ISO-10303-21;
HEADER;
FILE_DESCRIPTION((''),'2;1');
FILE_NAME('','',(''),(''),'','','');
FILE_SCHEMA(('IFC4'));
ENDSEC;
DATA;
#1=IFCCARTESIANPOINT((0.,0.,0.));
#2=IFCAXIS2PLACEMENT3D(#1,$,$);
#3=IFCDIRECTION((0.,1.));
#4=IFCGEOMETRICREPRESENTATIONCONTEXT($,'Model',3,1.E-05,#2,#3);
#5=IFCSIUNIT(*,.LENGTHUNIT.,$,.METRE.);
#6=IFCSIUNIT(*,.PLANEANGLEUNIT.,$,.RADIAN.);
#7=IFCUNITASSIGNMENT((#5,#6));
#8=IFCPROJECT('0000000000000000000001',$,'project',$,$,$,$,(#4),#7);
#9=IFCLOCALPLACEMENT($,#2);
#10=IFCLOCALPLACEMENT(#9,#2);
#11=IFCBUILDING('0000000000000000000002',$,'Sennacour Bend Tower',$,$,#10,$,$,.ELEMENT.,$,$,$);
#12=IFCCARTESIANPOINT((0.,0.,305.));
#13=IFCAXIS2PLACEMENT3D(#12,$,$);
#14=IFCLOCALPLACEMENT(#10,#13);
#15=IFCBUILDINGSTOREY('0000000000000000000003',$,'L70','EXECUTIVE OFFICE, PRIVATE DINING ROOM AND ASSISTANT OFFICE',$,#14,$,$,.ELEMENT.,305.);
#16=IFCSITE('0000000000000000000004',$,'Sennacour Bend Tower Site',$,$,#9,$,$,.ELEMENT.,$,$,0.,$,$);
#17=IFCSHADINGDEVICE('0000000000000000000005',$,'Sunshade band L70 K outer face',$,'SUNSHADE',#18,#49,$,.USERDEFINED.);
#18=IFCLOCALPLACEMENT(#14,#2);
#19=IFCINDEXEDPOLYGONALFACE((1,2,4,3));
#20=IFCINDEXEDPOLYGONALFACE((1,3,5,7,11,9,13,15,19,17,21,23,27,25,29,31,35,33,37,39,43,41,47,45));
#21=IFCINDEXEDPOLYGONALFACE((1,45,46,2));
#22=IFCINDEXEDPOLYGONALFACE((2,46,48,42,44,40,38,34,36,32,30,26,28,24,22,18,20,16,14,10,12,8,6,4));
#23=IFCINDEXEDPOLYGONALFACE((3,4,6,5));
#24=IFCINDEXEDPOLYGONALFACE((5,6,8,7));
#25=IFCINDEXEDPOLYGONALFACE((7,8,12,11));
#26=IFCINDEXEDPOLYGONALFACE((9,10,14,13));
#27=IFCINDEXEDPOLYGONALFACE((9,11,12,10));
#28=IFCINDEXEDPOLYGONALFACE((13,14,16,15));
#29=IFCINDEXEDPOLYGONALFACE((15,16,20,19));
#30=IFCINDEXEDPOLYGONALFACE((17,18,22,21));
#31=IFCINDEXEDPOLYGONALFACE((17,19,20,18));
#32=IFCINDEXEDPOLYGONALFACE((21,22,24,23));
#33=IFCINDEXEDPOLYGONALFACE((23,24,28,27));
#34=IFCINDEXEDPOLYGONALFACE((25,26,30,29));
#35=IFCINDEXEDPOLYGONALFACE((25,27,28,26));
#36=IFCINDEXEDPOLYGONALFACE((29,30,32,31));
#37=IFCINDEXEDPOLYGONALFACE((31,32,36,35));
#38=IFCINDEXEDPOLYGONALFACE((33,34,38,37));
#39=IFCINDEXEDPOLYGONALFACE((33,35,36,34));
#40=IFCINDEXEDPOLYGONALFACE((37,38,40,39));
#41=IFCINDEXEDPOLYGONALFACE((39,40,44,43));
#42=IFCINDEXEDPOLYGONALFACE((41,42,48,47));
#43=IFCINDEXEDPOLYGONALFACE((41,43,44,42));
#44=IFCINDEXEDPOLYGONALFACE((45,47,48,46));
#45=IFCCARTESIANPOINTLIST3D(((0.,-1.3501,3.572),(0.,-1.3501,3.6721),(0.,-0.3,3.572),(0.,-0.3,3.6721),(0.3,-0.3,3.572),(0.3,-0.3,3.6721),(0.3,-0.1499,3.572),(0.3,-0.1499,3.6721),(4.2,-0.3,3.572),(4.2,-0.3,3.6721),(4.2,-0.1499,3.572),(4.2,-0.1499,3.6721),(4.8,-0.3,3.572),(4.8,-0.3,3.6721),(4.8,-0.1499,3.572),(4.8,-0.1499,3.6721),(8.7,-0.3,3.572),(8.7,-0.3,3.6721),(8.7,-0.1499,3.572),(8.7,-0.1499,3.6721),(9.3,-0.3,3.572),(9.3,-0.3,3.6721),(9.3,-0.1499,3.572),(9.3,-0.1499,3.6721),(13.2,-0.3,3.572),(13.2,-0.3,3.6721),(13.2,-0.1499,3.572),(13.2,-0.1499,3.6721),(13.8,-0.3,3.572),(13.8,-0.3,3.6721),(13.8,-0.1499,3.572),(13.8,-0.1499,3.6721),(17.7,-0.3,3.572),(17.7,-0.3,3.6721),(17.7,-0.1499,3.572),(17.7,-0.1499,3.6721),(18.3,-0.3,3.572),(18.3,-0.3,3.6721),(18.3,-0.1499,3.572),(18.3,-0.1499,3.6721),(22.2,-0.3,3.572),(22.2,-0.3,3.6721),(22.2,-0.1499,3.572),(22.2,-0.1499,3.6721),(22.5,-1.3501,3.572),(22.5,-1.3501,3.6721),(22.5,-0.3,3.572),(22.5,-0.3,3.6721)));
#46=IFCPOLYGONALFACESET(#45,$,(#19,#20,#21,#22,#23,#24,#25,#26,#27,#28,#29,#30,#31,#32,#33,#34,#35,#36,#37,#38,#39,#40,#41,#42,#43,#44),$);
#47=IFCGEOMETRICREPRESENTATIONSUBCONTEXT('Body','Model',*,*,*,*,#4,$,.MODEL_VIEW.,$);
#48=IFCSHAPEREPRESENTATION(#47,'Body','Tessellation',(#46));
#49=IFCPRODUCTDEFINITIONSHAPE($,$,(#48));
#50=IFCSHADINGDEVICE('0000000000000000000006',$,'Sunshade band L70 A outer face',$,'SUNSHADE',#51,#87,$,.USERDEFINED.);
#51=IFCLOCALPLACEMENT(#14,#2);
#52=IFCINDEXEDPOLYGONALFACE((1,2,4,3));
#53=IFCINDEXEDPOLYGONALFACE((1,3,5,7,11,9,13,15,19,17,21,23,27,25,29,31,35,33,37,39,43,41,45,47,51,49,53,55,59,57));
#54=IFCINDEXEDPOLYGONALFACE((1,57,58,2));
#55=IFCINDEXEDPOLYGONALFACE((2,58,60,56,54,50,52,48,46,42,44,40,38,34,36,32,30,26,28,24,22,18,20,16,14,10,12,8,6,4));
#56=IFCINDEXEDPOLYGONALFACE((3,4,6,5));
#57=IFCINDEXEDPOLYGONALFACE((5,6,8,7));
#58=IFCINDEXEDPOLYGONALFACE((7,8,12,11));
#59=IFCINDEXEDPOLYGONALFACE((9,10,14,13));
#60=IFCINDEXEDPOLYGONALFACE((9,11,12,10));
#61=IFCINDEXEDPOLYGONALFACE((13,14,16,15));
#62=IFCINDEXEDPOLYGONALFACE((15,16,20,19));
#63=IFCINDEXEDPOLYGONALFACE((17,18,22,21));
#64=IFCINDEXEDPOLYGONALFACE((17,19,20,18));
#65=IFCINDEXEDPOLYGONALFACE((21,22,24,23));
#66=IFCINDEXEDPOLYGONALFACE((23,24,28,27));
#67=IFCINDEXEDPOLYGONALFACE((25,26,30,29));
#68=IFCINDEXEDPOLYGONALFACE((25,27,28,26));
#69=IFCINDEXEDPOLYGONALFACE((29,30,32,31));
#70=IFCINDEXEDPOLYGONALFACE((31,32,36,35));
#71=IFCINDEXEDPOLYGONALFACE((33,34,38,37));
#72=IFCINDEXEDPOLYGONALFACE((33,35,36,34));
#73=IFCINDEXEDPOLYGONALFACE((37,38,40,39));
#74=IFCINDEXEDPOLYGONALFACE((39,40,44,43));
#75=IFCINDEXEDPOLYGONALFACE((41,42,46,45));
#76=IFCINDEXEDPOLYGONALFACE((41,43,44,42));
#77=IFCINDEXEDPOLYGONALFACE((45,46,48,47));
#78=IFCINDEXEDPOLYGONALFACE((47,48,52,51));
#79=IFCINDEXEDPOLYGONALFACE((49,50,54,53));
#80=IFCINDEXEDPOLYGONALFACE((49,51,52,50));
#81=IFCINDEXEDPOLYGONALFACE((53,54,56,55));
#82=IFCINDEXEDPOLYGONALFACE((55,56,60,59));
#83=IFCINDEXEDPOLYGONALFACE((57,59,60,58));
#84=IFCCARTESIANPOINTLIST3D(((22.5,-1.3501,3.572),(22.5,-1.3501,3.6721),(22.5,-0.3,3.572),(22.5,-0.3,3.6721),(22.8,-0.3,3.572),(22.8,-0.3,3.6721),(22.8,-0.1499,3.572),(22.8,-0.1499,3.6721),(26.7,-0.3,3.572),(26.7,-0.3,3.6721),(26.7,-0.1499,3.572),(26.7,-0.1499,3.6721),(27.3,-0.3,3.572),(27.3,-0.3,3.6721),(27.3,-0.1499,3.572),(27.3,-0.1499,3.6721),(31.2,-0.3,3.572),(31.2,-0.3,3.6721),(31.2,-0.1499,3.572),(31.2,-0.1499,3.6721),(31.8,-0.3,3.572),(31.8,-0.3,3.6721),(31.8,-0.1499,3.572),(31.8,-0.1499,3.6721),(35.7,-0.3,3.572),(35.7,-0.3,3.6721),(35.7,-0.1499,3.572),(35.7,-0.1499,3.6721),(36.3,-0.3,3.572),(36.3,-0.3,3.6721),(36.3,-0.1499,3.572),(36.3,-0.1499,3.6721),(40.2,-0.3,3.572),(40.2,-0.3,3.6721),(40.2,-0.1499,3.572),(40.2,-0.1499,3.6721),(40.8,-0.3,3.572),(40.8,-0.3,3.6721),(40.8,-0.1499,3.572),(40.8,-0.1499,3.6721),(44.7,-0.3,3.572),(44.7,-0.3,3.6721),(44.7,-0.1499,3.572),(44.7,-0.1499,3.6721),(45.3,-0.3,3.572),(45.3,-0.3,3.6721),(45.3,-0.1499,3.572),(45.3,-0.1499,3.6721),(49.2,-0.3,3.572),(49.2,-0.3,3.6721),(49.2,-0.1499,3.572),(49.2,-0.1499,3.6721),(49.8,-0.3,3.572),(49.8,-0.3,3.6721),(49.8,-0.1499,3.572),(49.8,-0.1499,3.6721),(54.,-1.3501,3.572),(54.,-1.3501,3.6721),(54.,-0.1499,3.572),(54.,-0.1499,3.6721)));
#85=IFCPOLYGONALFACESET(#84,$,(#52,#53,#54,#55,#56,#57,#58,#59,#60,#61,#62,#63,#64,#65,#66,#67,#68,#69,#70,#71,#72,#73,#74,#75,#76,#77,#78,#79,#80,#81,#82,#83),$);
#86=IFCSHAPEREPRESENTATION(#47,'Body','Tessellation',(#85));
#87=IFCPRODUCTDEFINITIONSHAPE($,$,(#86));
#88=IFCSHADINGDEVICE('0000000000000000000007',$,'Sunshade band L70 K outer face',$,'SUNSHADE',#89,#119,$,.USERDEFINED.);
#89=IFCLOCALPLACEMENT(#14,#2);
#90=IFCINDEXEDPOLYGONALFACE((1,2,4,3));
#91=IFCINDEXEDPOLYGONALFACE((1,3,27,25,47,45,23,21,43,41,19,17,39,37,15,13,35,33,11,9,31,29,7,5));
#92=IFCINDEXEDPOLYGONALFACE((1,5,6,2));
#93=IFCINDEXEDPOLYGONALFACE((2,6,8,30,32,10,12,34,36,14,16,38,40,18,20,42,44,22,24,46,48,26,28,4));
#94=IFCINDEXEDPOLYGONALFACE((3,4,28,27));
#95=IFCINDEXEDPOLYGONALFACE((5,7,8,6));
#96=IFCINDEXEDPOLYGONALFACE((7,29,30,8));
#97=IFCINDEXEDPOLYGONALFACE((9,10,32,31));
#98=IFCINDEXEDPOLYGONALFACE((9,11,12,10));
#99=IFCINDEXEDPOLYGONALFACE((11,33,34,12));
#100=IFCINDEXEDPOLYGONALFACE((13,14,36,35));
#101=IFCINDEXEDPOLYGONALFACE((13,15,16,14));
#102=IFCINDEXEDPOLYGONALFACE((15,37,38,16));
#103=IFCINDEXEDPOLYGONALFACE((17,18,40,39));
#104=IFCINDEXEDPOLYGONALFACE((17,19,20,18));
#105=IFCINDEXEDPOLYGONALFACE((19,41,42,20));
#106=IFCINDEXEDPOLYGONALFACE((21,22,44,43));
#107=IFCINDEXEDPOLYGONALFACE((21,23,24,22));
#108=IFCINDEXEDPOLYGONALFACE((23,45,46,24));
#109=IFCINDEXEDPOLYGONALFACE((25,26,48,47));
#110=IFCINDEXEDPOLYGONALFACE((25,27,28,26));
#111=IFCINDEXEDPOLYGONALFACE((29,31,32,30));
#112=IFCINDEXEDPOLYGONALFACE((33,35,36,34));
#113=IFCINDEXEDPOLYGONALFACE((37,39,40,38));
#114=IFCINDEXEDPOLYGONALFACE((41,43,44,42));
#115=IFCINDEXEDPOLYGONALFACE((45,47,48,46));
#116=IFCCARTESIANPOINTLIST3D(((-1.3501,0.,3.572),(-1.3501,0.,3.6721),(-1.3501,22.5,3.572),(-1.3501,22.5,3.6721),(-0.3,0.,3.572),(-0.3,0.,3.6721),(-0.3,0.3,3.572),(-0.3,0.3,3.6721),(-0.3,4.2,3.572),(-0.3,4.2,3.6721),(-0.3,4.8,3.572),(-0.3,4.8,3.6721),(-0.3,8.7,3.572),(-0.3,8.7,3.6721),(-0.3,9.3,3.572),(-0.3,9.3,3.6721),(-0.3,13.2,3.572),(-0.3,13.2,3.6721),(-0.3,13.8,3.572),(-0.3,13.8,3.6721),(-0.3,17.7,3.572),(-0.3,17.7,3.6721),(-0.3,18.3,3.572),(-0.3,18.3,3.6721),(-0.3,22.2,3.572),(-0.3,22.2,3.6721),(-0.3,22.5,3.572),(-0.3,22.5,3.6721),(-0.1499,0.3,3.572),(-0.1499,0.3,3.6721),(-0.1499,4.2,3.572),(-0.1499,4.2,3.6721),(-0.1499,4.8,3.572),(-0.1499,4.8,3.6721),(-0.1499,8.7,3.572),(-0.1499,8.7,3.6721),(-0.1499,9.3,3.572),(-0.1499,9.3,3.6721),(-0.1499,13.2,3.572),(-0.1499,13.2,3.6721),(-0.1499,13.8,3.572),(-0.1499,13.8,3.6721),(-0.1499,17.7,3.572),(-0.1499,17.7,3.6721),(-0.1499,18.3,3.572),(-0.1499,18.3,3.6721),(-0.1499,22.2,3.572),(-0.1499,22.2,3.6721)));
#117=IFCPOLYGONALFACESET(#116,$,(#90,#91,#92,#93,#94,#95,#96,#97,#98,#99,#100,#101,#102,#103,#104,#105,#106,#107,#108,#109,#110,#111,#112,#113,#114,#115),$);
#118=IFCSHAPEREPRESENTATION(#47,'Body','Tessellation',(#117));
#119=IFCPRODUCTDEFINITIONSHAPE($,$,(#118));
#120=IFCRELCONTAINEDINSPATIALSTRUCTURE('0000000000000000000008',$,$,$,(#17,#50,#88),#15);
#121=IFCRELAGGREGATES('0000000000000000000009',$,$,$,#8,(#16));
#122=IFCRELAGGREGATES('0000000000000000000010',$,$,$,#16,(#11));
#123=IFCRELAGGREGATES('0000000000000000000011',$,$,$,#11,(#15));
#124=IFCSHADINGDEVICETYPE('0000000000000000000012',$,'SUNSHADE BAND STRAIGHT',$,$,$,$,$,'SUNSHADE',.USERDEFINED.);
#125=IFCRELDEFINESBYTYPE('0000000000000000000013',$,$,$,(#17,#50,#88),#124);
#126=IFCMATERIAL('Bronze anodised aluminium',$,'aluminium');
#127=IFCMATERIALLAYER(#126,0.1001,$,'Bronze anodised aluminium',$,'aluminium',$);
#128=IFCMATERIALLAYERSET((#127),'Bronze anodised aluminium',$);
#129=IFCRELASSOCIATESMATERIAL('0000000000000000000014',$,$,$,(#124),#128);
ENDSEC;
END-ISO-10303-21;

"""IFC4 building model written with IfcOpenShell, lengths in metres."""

from ifc_helpers import new_model, si_unit, direction, frame, origin, place, context, subcontext, project, spatial, polyline, outline, extrude, material, layer, layer_set, type_object, element, save


model = new_model("IFC4")

# Units and contexts
model_context = context("Model", 3, precision=1e-05, world=origin(), true_north=direction((0.0, 1.0)))
body_context = subcontext(model_context, "Body", "Model", "MODEL_VIEW")
ifc_project = project(units=[si_unit("LENGTHUNIT", "METRE"), si_unit("PLANEANGLEUNIT", "RADIAN")], contexts=[model_context])

# Site, building, storey
site_placement = place(None, origin())
site = spatial("IfcSite", under=ifc_project, at=site_placement, Name="Sennacour Bend Tower Site", CompositionType="ELEMENT", RefElevation=0.0)
building_placement = place(site_placement, origin())
building = spatial("IfcBuilding", under=site, at=building_placement, Name="Sennacour Bend Tower", CompositionType="ELEMENT")
storey_placement = place(building_placement, frame((0.0, 0.0, 305.0)))
storey = spatial("IfcBuildingStorey", under=building, at=storey_placement, Name="L70", Description="EXECUTIVE OFFICE, PRIVATE DINING ROOM AND ASSISTANT OFFICE", CompositionType="ELEMENT", Elevation=305.0)

# Shading devices
ifc_material_1 = material(Name="Bronze anodised aluminium", Category="aluminium")
ifc_layer_1 = layer(ifc_material_1, 0.1001, Name="Bronze anodised aluminium", Category="aluminium")
ifc_layer_set_1 = layer_set([ifc_layer_1], Name="Bronze anodised aluminium")
shading_device_type_1 = type_object("IfcShadingDeviceType", Name="SUNSHADE BAND STRAIGHT", ElementType="SUNSHADE", PredefinedType="USERDEFINED", material=ifc_layer_set_1)
shading_device_1_placement = place(storey_placement, frame((0.0, 0.0, 3.572)))
element("IfcShadingDevice", 1, at=shading_device_1_placement, inside=storey, type_object=shading_device_type_1, Name="Sunshade band L70 K outer face", ObjectType="SUNSHADE", PredefinedType="USERDEFINED", context=body_context, shape_type="SweptSolid", body=[
    extrude(outline(polyline([(4.2, -0.1499), (4.2, -0.3), (4.8, -0.3), (4.8, -0.1499), (8.7, -0.1499), (8.7, -0.3), (9.3, -0.3), (9.3, -0.1499), (13.2, -0.1499), (13.2, -0.3), (13.8, -0.3), (13.8, -0.1499), (17.7, -0.1499), (17.7, -0.3), (18.3, -0.3), (18.3, -0.1499), (22.2, -0.1499), (22.2, -0.3), (22.5, -0.3), (22.5, -1.3501), (0.0, -1.3501), (0.0, -0.3), (0.3, -0.3), (0.3, -0.1499), (4.2, -0.1499)])), origin(), (0.0, 0.0, 1.0), 0.1001),
])
shading_device_2_placement = place(storey_placement, frame((0.0, 0.0, 3.572)))
element("IfcShadingDevice", 2, at=shading_device_2_placement, inside=storey, type_object=shading_device_type_1, Name="Sunshade band L70 A outer face", ObjectType="SUNSHADE", PredefinedType="USERDEFINED", context=body_context, shape_type="SweptSolid", body=[
    extrude(outline(polyline([(26.7, -0.1499), (26.7, -0.3), (27.3, -0.3), (27.3, -0.1499), (31.2, -0.1499), (31.2, -0.3), (31.8, -0.3), (31.8, -0.1499), (35.7, -0.1499), (35.7, -0.3), (36.3, -0.3), (36.3, -0.1499), (40.2, -0.1499), (40.2, -0.3), (40.8, -0.3), (40.8, -0.1499), (44.7, -0.1499), (44.7, -0.3), (45.3, -0.3), (45.3, -0.1499), (49.2, -0.1499), (49.2, -0.3), (49.8, -0.3), (49.8, -0.1499), (54.0, -0.1499), (54.0, -1.3501), (22.5, -1.3501), (22.5, -0.3), (22.8, -0.3), (22.8, -0.1499), (26.7, -0.1499)])), origin(), (0.0, 0.0, 1.0), 0.1001),
])
shading_device_3_placement = place(storey_placement, frame((0.0, 0.0, 3.572)))
element("IfcShadingDevice", 3, at=shading_device_3_placement, inside=storey, type_object=shading_device_type_1, Name="Sunshade band L70 K outer face", ObjectType="SUNSHADE", PredefinedType="USERDEFINED", context=body_context, shape_type="SweptSolid", body=[
    extrude(outline(polyline([(-0.1499, 18.3), (-0.3, 18.3), (-0.3, 17.7), (-0.1499, 17.7), (-0.1499, 13.8), (-0.3, 13.8), (-0.3, 13.2), (-0.1499, 13.2), (-0.1499, 9.3), (-0.3, 9.3), (-0.3, 8.7), (-0.1499, 8.7), (-0.1499, 4.8), (-0.3, 4.8), (-0.3, 4.2), (-0.1499, 4.2), (-0.1499, 0.3), (-0.3, 0.3), (-0.3, 0.0), (-1.3501, 0.0), (-1.3501, 22.5), (-0.3, 22.5), (-0.3, 22.2), (-0.1499, 22.2), (-0.1499, 18.3)])), origin(), (0.0, 0.0, 1.0), 0.1001),
])

save(model, "model.ifc")
